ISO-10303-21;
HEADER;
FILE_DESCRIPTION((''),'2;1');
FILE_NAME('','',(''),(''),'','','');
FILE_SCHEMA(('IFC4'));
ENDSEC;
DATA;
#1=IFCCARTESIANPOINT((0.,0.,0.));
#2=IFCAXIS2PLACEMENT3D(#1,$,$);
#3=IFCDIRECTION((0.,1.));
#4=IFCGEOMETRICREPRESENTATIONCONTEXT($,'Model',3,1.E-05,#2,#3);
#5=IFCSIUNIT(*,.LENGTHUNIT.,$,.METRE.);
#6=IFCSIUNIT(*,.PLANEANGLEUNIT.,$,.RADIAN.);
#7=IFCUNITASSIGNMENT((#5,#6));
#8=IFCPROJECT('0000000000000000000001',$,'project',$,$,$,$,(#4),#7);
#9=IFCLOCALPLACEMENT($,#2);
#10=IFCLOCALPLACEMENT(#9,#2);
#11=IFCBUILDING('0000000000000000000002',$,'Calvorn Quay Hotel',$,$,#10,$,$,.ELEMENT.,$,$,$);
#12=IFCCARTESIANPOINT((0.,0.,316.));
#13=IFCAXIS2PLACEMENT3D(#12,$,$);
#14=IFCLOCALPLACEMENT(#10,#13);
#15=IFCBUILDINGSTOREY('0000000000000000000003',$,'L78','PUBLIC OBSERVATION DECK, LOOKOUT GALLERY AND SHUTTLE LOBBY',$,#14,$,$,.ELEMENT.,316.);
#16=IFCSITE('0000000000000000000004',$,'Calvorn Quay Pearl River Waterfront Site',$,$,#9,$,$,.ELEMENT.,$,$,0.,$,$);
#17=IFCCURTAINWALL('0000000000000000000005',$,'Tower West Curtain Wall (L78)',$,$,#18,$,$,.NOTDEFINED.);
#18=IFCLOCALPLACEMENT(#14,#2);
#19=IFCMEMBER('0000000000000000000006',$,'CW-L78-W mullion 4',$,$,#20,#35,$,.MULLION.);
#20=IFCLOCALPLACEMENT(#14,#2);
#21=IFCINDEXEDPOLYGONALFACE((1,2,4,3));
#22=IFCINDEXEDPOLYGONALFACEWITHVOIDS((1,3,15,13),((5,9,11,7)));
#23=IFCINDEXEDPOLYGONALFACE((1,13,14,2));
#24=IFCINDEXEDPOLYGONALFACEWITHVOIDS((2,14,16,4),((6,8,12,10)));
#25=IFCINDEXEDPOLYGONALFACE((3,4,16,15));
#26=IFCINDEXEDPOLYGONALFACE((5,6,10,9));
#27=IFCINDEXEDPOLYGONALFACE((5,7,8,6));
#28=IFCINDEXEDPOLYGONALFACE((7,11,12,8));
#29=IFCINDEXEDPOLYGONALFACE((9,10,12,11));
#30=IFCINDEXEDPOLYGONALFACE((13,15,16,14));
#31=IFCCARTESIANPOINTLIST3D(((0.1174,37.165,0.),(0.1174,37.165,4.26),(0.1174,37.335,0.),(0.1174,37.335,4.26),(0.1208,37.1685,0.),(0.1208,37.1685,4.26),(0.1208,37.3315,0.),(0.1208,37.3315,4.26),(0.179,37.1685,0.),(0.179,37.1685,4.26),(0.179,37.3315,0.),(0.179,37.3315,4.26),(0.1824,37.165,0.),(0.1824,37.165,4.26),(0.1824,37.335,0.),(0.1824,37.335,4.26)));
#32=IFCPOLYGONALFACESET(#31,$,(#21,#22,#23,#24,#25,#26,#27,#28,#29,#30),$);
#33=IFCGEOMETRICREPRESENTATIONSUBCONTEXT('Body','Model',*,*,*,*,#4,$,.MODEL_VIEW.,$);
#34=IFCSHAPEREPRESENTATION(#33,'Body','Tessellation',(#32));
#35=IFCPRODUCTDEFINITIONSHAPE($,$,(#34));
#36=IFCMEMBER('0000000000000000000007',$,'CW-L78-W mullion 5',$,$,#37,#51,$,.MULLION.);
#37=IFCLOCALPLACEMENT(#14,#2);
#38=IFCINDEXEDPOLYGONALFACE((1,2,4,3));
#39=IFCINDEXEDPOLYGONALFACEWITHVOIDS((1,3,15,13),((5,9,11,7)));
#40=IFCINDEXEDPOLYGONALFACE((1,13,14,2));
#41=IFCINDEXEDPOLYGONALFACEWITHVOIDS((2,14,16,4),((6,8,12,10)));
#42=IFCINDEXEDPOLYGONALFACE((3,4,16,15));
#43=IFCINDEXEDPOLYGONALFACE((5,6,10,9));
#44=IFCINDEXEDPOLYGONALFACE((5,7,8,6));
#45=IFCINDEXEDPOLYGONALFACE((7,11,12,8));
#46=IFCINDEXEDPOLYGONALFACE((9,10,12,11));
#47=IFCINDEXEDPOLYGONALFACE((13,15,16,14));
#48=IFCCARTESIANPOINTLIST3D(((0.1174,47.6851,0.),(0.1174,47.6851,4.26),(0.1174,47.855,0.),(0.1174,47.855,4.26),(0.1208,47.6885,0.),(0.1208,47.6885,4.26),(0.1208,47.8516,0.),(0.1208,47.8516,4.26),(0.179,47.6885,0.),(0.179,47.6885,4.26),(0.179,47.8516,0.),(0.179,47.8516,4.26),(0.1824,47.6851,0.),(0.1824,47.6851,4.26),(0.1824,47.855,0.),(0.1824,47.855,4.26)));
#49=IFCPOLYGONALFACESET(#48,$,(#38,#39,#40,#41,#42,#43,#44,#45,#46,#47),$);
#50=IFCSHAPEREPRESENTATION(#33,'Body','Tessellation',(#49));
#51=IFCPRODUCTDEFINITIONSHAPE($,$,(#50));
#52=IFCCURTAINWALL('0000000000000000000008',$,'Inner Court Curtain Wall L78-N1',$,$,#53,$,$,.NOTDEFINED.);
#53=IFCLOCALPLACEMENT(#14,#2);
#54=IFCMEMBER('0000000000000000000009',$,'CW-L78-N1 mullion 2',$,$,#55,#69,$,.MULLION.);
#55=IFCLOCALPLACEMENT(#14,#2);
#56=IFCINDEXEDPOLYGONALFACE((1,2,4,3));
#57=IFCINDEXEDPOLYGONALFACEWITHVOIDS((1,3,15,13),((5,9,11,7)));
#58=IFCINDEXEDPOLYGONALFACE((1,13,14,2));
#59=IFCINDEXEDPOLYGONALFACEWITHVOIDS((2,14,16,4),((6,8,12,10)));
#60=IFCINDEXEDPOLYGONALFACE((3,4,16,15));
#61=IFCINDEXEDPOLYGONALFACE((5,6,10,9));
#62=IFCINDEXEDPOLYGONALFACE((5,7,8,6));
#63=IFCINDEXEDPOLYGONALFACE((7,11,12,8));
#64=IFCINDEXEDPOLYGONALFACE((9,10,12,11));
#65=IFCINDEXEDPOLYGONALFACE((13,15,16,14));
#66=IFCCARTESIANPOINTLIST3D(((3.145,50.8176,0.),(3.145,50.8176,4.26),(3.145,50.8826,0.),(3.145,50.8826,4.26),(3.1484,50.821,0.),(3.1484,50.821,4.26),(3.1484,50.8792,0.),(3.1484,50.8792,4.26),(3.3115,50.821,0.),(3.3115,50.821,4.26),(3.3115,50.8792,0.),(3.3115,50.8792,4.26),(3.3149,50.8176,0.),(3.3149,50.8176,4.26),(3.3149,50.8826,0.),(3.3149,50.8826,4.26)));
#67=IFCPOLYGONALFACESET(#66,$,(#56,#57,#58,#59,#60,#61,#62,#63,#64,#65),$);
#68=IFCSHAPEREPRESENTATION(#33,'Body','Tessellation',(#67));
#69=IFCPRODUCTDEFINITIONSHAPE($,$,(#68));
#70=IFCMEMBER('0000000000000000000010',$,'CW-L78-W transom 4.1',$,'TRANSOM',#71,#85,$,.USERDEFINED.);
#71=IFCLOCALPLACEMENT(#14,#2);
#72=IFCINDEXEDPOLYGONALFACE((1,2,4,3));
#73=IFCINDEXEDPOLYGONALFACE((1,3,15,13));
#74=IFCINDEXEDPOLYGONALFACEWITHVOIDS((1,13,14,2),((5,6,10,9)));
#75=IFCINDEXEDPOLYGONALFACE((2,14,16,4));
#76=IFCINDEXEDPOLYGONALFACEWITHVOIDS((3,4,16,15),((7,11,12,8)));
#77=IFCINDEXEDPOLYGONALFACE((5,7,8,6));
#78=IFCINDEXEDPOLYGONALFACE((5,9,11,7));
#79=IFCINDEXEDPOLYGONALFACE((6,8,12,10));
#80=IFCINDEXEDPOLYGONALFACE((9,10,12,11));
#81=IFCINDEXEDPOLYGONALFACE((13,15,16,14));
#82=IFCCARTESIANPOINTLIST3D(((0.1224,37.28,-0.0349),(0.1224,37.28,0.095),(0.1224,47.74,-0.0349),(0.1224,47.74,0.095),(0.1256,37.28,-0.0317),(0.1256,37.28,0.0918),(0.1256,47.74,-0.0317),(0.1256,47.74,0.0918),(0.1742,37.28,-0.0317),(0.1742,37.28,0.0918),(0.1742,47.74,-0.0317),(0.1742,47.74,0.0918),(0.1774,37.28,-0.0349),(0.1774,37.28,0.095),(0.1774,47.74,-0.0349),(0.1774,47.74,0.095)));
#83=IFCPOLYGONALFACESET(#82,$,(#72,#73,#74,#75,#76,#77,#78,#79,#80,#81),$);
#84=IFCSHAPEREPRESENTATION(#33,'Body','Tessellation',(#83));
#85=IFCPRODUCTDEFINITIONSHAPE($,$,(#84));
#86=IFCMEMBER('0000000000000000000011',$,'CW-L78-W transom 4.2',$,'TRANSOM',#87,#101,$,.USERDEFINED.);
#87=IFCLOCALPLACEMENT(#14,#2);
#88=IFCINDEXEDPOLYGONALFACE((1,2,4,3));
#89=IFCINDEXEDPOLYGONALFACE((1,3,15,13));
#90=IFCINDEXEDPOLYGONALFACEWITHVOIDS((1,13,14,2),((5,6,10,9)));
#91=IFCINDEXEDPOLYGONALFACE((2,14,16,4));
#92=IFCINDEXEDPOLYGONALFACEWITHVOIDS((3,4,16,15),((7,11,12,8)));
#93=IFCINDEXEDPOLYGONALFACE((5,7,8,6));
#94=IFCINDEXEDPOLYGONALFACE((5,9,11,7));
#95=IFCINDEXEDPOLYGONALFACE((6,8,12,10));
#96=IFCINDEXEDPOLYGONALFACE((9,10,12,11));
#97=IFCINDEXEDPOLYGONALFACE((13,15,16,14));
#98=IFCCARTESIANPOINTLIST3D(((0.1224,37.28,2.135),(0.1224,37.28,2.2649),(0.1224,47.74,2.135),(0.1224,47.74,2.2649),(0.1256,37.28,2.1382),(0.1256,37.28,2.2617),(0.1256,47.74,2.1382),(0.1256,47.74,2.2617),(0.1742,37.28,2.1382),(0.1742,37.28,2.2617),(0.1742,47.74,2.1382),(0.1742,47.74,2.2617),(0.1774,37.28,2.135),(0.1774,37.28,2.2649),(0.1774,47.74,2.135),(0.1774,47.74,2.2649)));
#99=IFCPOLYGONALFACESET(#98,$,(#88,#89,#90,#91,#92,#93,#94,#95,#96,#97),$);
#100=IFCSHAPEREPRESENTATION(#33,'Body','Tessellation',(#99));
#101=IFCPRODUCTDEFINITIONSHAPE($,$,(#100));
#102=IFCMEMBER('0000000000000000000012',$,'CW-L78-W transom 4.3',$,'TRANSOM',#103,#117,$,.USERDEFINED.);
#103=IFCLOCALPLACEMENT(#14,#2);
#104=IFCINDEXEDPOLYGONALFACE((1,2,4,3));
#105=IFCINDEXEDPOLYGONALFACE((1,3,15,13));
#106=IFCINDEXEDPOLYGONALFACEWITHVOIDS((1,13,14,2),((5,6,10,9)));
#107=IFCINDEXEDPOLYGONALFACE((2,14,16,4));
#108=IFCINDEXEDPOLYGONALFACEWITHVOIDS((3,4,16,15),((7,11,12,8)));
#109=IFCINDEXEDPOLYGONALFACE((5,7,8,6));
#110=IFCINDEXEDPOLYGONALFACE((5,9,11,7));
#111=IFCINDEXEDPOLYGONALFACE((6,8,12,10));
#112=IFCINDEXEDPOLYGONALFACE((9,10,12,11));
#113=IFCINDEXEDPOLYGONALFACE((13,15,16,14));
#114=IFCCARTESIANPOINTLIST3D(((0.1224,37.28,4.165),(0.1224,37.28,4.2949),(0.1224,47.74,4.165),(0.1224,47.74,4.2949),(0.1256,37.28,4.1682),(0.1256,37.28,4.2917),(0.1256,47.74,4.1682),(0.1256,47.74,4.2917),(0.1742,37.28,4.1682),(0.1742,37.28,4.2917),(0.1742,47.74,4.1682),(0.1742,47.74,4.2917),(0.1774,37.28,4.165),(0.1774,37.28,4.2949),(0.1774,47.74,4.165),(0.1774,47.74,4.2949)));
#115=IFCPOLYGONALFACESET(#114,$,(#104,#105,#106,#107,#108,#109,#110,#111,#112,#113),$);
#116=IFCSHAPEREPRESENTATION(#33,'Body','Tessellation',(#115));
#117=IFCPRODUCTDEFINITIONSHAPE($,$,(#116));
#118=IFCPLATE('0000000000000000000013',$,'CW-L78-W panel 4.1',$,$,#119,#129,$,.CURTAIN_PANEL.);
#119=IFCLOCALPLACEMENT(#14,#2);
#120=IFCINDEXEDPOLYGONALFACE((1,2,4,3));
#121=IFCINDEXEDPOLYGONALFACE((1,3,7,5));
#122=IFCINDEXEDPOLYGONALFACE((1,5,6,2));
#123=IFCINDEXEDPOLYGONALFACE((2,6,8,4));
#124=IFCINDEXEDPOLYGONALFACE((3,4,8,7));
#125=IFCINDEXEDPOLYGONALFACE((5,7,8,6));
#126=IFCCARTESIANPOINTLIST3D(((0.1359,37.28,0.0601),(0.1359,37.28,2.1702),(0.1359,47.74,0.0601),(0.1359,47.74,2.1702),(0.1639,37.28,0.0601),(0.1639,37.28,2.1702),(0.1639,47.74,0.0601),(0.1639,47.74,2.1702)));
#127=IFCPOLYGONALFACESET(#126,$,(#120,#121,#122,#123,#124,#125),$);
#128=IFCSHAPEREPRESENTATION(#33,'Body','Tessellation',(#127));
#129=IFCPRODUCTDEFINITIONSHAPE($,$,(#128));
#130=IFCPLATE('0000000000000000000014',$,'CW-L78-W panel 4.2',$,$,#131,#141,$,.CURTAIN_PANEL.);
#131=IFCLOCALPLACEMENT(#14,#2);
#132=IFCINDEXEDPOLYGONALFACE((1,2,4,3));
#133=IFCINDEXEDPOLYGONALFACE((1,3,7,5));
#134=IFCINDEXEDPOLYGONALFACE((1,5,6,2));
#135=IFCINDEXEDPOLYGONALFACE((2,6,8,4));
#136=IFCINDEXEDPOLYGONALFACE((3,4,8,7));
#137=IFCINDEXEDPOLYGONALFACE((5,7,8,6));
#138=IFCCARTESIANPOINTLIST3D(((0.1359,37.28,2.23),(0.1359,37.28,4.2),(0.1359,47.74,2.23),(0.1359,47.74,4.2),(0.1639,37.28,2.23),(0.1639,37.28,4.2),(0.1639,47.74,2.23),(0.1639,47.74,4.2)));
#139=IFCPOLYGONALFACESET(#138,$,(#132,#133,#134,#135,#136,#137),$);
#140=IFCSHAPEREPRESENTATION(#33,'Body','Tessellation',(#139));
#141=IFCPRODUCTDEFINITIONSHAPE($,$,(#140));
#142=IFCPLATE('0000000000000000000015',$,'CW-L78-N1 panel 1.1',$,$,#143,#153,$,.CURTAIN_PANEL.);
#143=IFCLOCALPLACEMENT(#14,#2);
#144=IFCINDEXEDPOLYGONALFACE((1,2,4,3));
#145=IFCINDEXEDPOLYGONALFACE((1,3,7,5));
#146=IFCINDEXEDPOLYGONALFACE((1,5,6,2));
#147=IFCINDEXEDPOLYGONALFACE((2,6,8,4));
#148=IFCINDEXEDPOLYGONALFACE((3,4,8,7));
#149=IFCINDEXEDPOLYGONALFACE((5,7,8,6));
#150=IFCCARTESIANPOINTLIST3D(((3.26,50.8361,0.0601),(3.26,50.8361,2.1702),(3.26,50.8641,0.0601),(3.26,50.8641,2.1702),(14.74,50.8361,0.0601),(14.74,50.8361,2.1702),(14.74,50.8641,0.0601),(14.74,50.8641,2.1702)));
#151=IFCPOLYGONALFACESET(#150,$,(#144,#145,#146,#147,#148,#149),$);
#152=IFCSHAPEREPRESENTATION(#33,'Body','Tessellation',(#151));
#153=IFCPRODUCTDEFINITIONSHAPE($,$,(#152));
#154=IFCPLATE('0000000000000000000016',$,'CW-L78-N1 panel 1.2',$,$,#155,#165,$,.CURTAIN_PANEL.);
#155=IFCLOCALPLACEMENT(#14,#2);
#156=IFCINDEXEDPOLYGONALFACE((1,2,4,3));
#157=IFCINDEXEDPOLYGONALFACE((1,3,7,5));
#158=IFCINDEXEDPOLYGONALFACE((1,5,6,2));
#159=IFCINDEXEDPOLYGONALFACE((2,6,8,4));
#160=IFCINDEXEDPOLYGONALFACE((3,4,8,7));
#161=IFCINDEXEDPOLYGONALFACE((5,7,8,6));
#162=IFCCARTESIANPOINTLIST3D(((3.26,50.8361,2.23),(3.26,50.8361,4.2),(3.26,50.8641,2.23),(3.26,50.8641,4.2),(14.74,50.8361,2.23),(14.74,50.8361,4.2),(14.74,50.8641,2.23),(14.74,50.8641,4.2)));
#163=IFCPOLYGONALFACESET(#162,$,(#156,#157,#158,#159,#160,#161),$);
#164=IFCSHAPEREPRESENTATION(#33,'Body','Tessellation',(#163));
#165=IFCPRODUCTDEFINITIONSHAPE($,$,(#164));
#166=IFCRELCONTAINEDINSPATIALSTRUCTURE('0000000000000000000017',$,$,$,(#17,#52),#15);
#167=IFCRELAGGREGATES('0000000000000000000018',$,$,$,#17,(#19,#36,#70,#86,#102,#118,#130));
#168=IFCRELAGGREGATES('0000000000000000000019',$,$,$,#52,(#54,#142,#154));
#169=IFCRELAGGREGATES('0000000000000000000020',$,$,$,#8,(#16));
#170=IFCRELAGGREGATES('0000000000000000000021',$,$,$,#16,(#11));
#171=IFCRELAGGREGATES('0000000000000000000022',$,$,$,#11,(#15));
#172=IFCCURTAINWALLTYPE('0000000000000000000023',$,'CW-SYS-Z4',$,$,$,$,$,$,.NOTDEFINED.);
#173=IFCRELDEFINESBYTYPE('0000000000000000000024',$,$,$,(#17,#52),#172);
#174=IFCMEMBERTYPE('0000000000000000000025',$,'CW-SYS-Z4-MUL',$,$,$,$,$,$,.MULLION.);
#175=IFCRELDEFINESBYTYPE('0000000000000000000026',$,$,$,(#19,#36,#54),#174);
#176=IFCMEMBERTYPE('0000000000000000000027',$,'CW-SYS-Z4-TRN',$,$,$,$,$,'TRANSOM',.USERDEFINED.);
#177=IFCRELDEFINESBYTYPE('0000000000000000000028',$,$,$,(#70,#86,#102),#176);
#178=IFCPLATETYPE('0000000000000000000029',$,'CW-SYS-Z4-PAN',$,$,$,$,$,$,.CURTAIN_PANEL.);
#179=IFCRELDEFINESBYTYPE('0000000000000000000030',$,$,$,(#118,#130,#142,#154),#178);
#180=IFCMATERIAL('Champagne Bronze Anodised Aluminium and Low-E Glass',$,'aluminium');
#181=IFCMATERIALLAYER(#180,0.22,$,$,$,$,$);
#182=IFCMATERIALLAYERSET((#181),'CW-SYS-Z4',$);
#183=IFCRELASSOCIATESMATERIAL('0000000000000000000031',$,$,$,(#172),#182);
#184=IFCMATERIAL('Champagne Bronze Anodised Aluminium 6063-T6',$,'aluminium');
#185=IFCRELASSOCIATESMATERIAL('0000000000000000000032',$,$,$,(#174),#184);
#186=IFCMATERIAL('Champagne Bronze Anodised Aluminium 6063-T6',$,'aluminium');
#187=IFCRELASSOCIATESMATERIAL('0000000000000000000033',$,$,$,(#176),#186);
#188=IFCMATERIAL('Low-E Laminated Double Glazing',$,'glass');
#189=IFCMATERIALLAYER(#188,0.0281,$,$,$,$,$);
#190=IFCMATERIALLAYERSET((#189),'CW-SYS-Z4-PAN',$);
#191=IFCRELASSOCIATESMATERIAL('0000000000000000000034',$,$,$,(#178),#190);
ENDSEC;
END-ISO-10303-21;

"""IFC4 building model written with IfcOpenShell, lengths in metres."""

from ifc_helpers import new_model, si_unit, direction, frame, origin, origin_2d, place, context, subcontext, project, spatial, rectangle, hollow_rectangle, extrude, material, layer, layer_set, material_profile, profile_set, type_object, element, aggregate, save


model = new_model("IFC4")

# Units and contexts
model_context = context("Model", 3, precision=1e-05, world=origin(), true_north=direction((0.0, 1.0)))
body_context = subcontext(model_context, "Body", "Model", "MODEL_VIEW")
ifc_project = project(units=[si_unit("LENGTHUNIT", "METRE"), si_unit("PLANEANGLEUNIT", "RADIAN")], contexts=[model_context])

# Site, building, storey
site_placement = place(None, origin())
site = spatial("IfcSite", under=ifc_project, at=site_placement, Name="Calvorn Quay Pearl River Waterfront Site", CompositionType="ELEMENT", RefElevation=0.0)
building_placement = place(site_placement, origin())
building = spatial("IfcBuilding", under=site, at=building_placement, Name="Calvorn Quay Hotel", CompositionType="ELEMENT")
storey_placement = place(building_placement, frame((0.0, 0.0, 316.0)))
storey = spatial("IfcBuildingStorey", under=building, at=storey_placement, Name="L78", Description="PUBLIC OBSERVATION DECK, LOOKOUT GALLERY AND SHUTTLE LOBBY", CompositionType="ELEMENT", Elevation=316.0)

# Curtain wall, members
ifc_material_1 = material(Name="Champagne Bronze Anodised Aluminium and Low-E Glass", Category="aluminium")
ifc_layer_1 = layer(ifc_material_1, 0.22)
ifc_layer_set_1 = layer_set([ifc_layer_1], Name="CW-SYS-Z4")
curtain_wall_type = type_object("IfcCurtainWallType", Name="CW-SYS-Z4", PredefinedType="NOTDEFINED", material=ifc_layer_set_1)
curtain_wall_1_placement = place(storey_placement, origin())
curtain_wall_1 = element("IfcCurtainWall", 1, at=curtain_wall_1_placement, inside=storey, type_object=curtain_wall_type, Name="Tower West Curtain Wall (L78)", PredefinedType="NOTDEFINED")
ifc_material_2 = material(Name="Champagne Bronze Anodised Aluminium 6063-T6", Category="aluminium")
ifc_material_profile_1 = material_profile(ifc_material_2, hollow_rectangle(XDim=0.0649, YDim=0.1699, WallThickness=0.0034, at=origin_2d()), Name="ALU-M170x65x3.5")
ifc_profile_set_1 = profile_set([ifc_material_profile_1], Name="Champagne Bronze Anodised Aluminium 6063-T6")
member_type_1 = type_object("IfcMemberType", Name="CW-SYS-Z4-MUL", PredefinedType="MULLION", material=ifc_profile_set_1)
member_1_placement = place(storey_placement, frame((0.1499, 37.25, 0.0), z_axis=(0.0, 0.0, 1.0), x_axis=(-1.0, 0.0, 0.0)))
member_1 = element("IfcMember", 2, at=member_1_placement, type_object=member_type_1, Name="CW-L78-W mullion 4", PredefinedType="MULLION", context=body_context, shape_type="SweptSolid", body=[
    extrude(hollow_rectangle(XDim=0.0649, YDim=0.1699, WallThickness=0.0034, at=origin_2d()), origin(), (0.0, 0.0, 1.0), 4.26),
])
member_2_placement = place(storey_placement, frame((0.1499, 47.77, 0.0), z_axis=(0.0, 0.0, 1.0), x_axis=(-1.0, 0.0, 0.0)))
member_2 = element("IfcMember", 3, at=member_2_placement, type_object=member_type_1, Name="CW-L78-W mullion 5", PredefinedType="MULLION", context=body_context, shape_type="SweptSolid", body=[
    extrude(hollow_rectangle(XDim=0.0649, YDim=0.1699, WallThickness=0.0034, at=origin_2d()), origin(), (0.0, 0.0, 1.0), 4.26),
])

# Curtain wall, member
curtain_wall_2_placement = place(storey_placement, origin())
curtain_wall_2 = element("IfcCurtainWall", 4, at=curtain_wall_2_placement, inside=storey, type_object=curtain_wall_type, Name="Inner Court Curtain Wall L78-N1", PredefinedType="NOTDEFINED")
member_3_placement = place(storey_placement, frame((3.23, 50.8501, 0.0), z_axis=(0.0, 0.0, 1.0), x_axis=(0.0, -1.0, 0.0)))
member_3 = element("IfcMember", 5, at=member_3_placement, type_object=member_type_1, Name="CW-L78-N1 mullion 2", PredefinedType="MULLION", context=body_context, shape_type="SweptSolid", body=[
    extrude(hollow_rectangle(XDim=0.0649, YDim=0.1699, WallThickness=0.0034, at=origin_2d()), origin(), (0.0, 0.0, 1.0), 4.26),
])

# Members
ifc_material_3 = material(Name="Champagne Bronze Anodised Aluminium 6063-T6", Category="aluminium")
ifc_material_profile_2 = material_profile(ifc_material_3, hollow_rectangle(XDim=0.0549, YDim=0.1299, WallThickness=0.0032, at=origin_2d()), Name="ALU-T130x55x3.2")
ifc_profile_set_2 = profile_set([ifc_material_profile_2], Name="Champagne Bronze Anodised Aluminium 6063-T6")
member_type_2 = type_object("IfcMemberType", Name="CW-SYS-Z4-TRN", ElementType="TRANSOM", PredefinedType="USERDEFINED", material=ifc_profile_set_2)
member_4_placement = place(storey_placement, frame((0.1499, 37.28, 0.03), z_axis=(0.0, 1.0, 0.0), x_axis=(-1.0, 0.0, 0.0)))
member_4 = element("IfcMember", 6, at=member_4_placement, type_object=member_type_2, Name="CW-L78-W transom 4.1", ObjectType="TRANSOM", PredefinedType="USERDEFINED", context=body_context, shape_type="SweptSolid", body=[
    extrude(hollow_rectangle(XDim=0.0549, YDim=0.1299, WallThickness=0.0032, at=origin_2d()), origin(), (0.0, 0.0, 1.0), 10.46),
])
member_5_placement = place(storey_placement, frame((0.1499, 37.28, 2.2), z_axis=(0.0, 1.0, 0.0), x_axis=(-1.0, 0.0, 0.0)))
member_5 = element("IfcMember", 7, at=member_5_placement, type_object=member_type_2, Name="CW-L78-W transom 4.2", ObjectType="TRANSOM", PredefinedType="USERDEFINED", context=body_context, shape_type="SweptSolid", body=[
    extrude(hollow_rectangle(XDim=0.0549, YDim=0.1299, WallThickness=0.0032, at=origin_2d()), origin(), (0.0, 0.0, 1.0), 10.46),
])
member_6_placement = place(storey_placement, frame((0.1499, 37.28, 4.23), z_axis=(0.0, 1.0, 0.0), x_axis=(-1.0, 0.0, 0.0)))
member_6 = element("IfcMember", 8, at=member_6_placement, type_object=member_type_2, Name="CW-L78-W transom 4.3", ObjectType="TRANSOM", PredefinedType="USERDEFINED", context=body_context, shape_type="SweptSolid", body=[
    extrude(hollow_rectangle(XDim=0.0549, YDim=0.1299, WallThickness=0.0032, at=origin_2d()), origin(), (0.0, 0.0, 1.0), 10.46),
])

# Plates
ifc_material_4 = material(Name="Low-E Laminated Double Glazing", Category="glass")
ifc_layer_2 = layer(ifc_material_4, 0.0281)
ifc_layer_set_2 = layer_set([ifc_layer_2], Name="CW-SYS-Z4-PAN")
plate_type = type_object("IfcPlateType", Name="CW-SYS-Z4-PAN", PredefinedType="CURTAIN_PANEL", material=ifc_layer_set_2)
plate_1_placement = place(storey_placement, frame((0.1499, 42.51, 0.0601), z_axis=(0.0, 0.0, 1.0), x_axis=(0.0, 1.0, 0.0)))
plate_1 = element("IfcPlate", 9, at=plate_1_placement, type_object=plate_type, Name="CW-L78-W panel 4.1", PredefinedType="CURTAIN_PANEL", context=body_context, shape_type="SweptSolid", body=[
    extrude(rectangle(XDim=10.46, YDim=0.0281, at=origin_2d()), origin(), (0.0, 0.0, 1.0), 2.1101),
])
plate_2_placement = place(storey_placement, frame((0.1499, 42.51, 2.23), z_axis=(0.0, 0.0, 1.0), x_axis=(0.0, 1.0, 0.0)))
plate_2 = element("IfcPlate", 10, at=plate_2_placement, type_object=plate_type, Name="CW-L78-W panel 4.2", PredefinedType="CURTAIN_PANEL", context=body_context, shape_type="SweptSolid", body=[
    extrude(rectangle(XDim=10.46, YDim=0.0281, at=origin_2d()), origin(), (0.0, 0.0, 1.0), 1.97),
])
aggregate(curtain_wall_1, [member_1, member_2, member_4, member_5, member_6, plate_1, plate_2])
plate_3_placement = place(storey_placement, frame((9.0, 50.8501, 0.0601), z_axis=(0.0, 0.0, 1.0), x_axis=(-1.0, 0.0, 0.0)))
plate_3 = element("IfcPlate", 11, at=plate_3_placement, type_object=plate_type, Name="CW-L78-N1 panel 1.1", PredefinedType="CURTAIN_PANEL", context=body_context, shape_type="SweptSolid", body=[
    extrude(rectangle(XDim=11.48, YDim=0.0281, at=origin_2d()), origin(), (0.0, 0.0, 1.0), 2.1101),
])
plate_4_placement = place(storey_placement, frame((9.0, 50.8501, 2.23), z_axis=(0.0, 0.0, 1.0), x_axis=(-1.0, 0.0, 0.0)))
plate_4 = element("IfcPlate", 12, at=plate_4_placement, type_object=plate_type, Name="CW-L78-N1 panel 1.2", PredefinedType="CURTAIN_PANEL", context=body_context, shape_type="SweptSolid", body=[
    extrude(rectangle(XDim=11.48, YDim=0.0281, at=origin_2d()), origin(), (0.0, 0.0, 1.0), 1.97),
])
aggregate(curtain_wall_2, [member_3, plate_3, plate_4])

save(model, "model.ifc")
